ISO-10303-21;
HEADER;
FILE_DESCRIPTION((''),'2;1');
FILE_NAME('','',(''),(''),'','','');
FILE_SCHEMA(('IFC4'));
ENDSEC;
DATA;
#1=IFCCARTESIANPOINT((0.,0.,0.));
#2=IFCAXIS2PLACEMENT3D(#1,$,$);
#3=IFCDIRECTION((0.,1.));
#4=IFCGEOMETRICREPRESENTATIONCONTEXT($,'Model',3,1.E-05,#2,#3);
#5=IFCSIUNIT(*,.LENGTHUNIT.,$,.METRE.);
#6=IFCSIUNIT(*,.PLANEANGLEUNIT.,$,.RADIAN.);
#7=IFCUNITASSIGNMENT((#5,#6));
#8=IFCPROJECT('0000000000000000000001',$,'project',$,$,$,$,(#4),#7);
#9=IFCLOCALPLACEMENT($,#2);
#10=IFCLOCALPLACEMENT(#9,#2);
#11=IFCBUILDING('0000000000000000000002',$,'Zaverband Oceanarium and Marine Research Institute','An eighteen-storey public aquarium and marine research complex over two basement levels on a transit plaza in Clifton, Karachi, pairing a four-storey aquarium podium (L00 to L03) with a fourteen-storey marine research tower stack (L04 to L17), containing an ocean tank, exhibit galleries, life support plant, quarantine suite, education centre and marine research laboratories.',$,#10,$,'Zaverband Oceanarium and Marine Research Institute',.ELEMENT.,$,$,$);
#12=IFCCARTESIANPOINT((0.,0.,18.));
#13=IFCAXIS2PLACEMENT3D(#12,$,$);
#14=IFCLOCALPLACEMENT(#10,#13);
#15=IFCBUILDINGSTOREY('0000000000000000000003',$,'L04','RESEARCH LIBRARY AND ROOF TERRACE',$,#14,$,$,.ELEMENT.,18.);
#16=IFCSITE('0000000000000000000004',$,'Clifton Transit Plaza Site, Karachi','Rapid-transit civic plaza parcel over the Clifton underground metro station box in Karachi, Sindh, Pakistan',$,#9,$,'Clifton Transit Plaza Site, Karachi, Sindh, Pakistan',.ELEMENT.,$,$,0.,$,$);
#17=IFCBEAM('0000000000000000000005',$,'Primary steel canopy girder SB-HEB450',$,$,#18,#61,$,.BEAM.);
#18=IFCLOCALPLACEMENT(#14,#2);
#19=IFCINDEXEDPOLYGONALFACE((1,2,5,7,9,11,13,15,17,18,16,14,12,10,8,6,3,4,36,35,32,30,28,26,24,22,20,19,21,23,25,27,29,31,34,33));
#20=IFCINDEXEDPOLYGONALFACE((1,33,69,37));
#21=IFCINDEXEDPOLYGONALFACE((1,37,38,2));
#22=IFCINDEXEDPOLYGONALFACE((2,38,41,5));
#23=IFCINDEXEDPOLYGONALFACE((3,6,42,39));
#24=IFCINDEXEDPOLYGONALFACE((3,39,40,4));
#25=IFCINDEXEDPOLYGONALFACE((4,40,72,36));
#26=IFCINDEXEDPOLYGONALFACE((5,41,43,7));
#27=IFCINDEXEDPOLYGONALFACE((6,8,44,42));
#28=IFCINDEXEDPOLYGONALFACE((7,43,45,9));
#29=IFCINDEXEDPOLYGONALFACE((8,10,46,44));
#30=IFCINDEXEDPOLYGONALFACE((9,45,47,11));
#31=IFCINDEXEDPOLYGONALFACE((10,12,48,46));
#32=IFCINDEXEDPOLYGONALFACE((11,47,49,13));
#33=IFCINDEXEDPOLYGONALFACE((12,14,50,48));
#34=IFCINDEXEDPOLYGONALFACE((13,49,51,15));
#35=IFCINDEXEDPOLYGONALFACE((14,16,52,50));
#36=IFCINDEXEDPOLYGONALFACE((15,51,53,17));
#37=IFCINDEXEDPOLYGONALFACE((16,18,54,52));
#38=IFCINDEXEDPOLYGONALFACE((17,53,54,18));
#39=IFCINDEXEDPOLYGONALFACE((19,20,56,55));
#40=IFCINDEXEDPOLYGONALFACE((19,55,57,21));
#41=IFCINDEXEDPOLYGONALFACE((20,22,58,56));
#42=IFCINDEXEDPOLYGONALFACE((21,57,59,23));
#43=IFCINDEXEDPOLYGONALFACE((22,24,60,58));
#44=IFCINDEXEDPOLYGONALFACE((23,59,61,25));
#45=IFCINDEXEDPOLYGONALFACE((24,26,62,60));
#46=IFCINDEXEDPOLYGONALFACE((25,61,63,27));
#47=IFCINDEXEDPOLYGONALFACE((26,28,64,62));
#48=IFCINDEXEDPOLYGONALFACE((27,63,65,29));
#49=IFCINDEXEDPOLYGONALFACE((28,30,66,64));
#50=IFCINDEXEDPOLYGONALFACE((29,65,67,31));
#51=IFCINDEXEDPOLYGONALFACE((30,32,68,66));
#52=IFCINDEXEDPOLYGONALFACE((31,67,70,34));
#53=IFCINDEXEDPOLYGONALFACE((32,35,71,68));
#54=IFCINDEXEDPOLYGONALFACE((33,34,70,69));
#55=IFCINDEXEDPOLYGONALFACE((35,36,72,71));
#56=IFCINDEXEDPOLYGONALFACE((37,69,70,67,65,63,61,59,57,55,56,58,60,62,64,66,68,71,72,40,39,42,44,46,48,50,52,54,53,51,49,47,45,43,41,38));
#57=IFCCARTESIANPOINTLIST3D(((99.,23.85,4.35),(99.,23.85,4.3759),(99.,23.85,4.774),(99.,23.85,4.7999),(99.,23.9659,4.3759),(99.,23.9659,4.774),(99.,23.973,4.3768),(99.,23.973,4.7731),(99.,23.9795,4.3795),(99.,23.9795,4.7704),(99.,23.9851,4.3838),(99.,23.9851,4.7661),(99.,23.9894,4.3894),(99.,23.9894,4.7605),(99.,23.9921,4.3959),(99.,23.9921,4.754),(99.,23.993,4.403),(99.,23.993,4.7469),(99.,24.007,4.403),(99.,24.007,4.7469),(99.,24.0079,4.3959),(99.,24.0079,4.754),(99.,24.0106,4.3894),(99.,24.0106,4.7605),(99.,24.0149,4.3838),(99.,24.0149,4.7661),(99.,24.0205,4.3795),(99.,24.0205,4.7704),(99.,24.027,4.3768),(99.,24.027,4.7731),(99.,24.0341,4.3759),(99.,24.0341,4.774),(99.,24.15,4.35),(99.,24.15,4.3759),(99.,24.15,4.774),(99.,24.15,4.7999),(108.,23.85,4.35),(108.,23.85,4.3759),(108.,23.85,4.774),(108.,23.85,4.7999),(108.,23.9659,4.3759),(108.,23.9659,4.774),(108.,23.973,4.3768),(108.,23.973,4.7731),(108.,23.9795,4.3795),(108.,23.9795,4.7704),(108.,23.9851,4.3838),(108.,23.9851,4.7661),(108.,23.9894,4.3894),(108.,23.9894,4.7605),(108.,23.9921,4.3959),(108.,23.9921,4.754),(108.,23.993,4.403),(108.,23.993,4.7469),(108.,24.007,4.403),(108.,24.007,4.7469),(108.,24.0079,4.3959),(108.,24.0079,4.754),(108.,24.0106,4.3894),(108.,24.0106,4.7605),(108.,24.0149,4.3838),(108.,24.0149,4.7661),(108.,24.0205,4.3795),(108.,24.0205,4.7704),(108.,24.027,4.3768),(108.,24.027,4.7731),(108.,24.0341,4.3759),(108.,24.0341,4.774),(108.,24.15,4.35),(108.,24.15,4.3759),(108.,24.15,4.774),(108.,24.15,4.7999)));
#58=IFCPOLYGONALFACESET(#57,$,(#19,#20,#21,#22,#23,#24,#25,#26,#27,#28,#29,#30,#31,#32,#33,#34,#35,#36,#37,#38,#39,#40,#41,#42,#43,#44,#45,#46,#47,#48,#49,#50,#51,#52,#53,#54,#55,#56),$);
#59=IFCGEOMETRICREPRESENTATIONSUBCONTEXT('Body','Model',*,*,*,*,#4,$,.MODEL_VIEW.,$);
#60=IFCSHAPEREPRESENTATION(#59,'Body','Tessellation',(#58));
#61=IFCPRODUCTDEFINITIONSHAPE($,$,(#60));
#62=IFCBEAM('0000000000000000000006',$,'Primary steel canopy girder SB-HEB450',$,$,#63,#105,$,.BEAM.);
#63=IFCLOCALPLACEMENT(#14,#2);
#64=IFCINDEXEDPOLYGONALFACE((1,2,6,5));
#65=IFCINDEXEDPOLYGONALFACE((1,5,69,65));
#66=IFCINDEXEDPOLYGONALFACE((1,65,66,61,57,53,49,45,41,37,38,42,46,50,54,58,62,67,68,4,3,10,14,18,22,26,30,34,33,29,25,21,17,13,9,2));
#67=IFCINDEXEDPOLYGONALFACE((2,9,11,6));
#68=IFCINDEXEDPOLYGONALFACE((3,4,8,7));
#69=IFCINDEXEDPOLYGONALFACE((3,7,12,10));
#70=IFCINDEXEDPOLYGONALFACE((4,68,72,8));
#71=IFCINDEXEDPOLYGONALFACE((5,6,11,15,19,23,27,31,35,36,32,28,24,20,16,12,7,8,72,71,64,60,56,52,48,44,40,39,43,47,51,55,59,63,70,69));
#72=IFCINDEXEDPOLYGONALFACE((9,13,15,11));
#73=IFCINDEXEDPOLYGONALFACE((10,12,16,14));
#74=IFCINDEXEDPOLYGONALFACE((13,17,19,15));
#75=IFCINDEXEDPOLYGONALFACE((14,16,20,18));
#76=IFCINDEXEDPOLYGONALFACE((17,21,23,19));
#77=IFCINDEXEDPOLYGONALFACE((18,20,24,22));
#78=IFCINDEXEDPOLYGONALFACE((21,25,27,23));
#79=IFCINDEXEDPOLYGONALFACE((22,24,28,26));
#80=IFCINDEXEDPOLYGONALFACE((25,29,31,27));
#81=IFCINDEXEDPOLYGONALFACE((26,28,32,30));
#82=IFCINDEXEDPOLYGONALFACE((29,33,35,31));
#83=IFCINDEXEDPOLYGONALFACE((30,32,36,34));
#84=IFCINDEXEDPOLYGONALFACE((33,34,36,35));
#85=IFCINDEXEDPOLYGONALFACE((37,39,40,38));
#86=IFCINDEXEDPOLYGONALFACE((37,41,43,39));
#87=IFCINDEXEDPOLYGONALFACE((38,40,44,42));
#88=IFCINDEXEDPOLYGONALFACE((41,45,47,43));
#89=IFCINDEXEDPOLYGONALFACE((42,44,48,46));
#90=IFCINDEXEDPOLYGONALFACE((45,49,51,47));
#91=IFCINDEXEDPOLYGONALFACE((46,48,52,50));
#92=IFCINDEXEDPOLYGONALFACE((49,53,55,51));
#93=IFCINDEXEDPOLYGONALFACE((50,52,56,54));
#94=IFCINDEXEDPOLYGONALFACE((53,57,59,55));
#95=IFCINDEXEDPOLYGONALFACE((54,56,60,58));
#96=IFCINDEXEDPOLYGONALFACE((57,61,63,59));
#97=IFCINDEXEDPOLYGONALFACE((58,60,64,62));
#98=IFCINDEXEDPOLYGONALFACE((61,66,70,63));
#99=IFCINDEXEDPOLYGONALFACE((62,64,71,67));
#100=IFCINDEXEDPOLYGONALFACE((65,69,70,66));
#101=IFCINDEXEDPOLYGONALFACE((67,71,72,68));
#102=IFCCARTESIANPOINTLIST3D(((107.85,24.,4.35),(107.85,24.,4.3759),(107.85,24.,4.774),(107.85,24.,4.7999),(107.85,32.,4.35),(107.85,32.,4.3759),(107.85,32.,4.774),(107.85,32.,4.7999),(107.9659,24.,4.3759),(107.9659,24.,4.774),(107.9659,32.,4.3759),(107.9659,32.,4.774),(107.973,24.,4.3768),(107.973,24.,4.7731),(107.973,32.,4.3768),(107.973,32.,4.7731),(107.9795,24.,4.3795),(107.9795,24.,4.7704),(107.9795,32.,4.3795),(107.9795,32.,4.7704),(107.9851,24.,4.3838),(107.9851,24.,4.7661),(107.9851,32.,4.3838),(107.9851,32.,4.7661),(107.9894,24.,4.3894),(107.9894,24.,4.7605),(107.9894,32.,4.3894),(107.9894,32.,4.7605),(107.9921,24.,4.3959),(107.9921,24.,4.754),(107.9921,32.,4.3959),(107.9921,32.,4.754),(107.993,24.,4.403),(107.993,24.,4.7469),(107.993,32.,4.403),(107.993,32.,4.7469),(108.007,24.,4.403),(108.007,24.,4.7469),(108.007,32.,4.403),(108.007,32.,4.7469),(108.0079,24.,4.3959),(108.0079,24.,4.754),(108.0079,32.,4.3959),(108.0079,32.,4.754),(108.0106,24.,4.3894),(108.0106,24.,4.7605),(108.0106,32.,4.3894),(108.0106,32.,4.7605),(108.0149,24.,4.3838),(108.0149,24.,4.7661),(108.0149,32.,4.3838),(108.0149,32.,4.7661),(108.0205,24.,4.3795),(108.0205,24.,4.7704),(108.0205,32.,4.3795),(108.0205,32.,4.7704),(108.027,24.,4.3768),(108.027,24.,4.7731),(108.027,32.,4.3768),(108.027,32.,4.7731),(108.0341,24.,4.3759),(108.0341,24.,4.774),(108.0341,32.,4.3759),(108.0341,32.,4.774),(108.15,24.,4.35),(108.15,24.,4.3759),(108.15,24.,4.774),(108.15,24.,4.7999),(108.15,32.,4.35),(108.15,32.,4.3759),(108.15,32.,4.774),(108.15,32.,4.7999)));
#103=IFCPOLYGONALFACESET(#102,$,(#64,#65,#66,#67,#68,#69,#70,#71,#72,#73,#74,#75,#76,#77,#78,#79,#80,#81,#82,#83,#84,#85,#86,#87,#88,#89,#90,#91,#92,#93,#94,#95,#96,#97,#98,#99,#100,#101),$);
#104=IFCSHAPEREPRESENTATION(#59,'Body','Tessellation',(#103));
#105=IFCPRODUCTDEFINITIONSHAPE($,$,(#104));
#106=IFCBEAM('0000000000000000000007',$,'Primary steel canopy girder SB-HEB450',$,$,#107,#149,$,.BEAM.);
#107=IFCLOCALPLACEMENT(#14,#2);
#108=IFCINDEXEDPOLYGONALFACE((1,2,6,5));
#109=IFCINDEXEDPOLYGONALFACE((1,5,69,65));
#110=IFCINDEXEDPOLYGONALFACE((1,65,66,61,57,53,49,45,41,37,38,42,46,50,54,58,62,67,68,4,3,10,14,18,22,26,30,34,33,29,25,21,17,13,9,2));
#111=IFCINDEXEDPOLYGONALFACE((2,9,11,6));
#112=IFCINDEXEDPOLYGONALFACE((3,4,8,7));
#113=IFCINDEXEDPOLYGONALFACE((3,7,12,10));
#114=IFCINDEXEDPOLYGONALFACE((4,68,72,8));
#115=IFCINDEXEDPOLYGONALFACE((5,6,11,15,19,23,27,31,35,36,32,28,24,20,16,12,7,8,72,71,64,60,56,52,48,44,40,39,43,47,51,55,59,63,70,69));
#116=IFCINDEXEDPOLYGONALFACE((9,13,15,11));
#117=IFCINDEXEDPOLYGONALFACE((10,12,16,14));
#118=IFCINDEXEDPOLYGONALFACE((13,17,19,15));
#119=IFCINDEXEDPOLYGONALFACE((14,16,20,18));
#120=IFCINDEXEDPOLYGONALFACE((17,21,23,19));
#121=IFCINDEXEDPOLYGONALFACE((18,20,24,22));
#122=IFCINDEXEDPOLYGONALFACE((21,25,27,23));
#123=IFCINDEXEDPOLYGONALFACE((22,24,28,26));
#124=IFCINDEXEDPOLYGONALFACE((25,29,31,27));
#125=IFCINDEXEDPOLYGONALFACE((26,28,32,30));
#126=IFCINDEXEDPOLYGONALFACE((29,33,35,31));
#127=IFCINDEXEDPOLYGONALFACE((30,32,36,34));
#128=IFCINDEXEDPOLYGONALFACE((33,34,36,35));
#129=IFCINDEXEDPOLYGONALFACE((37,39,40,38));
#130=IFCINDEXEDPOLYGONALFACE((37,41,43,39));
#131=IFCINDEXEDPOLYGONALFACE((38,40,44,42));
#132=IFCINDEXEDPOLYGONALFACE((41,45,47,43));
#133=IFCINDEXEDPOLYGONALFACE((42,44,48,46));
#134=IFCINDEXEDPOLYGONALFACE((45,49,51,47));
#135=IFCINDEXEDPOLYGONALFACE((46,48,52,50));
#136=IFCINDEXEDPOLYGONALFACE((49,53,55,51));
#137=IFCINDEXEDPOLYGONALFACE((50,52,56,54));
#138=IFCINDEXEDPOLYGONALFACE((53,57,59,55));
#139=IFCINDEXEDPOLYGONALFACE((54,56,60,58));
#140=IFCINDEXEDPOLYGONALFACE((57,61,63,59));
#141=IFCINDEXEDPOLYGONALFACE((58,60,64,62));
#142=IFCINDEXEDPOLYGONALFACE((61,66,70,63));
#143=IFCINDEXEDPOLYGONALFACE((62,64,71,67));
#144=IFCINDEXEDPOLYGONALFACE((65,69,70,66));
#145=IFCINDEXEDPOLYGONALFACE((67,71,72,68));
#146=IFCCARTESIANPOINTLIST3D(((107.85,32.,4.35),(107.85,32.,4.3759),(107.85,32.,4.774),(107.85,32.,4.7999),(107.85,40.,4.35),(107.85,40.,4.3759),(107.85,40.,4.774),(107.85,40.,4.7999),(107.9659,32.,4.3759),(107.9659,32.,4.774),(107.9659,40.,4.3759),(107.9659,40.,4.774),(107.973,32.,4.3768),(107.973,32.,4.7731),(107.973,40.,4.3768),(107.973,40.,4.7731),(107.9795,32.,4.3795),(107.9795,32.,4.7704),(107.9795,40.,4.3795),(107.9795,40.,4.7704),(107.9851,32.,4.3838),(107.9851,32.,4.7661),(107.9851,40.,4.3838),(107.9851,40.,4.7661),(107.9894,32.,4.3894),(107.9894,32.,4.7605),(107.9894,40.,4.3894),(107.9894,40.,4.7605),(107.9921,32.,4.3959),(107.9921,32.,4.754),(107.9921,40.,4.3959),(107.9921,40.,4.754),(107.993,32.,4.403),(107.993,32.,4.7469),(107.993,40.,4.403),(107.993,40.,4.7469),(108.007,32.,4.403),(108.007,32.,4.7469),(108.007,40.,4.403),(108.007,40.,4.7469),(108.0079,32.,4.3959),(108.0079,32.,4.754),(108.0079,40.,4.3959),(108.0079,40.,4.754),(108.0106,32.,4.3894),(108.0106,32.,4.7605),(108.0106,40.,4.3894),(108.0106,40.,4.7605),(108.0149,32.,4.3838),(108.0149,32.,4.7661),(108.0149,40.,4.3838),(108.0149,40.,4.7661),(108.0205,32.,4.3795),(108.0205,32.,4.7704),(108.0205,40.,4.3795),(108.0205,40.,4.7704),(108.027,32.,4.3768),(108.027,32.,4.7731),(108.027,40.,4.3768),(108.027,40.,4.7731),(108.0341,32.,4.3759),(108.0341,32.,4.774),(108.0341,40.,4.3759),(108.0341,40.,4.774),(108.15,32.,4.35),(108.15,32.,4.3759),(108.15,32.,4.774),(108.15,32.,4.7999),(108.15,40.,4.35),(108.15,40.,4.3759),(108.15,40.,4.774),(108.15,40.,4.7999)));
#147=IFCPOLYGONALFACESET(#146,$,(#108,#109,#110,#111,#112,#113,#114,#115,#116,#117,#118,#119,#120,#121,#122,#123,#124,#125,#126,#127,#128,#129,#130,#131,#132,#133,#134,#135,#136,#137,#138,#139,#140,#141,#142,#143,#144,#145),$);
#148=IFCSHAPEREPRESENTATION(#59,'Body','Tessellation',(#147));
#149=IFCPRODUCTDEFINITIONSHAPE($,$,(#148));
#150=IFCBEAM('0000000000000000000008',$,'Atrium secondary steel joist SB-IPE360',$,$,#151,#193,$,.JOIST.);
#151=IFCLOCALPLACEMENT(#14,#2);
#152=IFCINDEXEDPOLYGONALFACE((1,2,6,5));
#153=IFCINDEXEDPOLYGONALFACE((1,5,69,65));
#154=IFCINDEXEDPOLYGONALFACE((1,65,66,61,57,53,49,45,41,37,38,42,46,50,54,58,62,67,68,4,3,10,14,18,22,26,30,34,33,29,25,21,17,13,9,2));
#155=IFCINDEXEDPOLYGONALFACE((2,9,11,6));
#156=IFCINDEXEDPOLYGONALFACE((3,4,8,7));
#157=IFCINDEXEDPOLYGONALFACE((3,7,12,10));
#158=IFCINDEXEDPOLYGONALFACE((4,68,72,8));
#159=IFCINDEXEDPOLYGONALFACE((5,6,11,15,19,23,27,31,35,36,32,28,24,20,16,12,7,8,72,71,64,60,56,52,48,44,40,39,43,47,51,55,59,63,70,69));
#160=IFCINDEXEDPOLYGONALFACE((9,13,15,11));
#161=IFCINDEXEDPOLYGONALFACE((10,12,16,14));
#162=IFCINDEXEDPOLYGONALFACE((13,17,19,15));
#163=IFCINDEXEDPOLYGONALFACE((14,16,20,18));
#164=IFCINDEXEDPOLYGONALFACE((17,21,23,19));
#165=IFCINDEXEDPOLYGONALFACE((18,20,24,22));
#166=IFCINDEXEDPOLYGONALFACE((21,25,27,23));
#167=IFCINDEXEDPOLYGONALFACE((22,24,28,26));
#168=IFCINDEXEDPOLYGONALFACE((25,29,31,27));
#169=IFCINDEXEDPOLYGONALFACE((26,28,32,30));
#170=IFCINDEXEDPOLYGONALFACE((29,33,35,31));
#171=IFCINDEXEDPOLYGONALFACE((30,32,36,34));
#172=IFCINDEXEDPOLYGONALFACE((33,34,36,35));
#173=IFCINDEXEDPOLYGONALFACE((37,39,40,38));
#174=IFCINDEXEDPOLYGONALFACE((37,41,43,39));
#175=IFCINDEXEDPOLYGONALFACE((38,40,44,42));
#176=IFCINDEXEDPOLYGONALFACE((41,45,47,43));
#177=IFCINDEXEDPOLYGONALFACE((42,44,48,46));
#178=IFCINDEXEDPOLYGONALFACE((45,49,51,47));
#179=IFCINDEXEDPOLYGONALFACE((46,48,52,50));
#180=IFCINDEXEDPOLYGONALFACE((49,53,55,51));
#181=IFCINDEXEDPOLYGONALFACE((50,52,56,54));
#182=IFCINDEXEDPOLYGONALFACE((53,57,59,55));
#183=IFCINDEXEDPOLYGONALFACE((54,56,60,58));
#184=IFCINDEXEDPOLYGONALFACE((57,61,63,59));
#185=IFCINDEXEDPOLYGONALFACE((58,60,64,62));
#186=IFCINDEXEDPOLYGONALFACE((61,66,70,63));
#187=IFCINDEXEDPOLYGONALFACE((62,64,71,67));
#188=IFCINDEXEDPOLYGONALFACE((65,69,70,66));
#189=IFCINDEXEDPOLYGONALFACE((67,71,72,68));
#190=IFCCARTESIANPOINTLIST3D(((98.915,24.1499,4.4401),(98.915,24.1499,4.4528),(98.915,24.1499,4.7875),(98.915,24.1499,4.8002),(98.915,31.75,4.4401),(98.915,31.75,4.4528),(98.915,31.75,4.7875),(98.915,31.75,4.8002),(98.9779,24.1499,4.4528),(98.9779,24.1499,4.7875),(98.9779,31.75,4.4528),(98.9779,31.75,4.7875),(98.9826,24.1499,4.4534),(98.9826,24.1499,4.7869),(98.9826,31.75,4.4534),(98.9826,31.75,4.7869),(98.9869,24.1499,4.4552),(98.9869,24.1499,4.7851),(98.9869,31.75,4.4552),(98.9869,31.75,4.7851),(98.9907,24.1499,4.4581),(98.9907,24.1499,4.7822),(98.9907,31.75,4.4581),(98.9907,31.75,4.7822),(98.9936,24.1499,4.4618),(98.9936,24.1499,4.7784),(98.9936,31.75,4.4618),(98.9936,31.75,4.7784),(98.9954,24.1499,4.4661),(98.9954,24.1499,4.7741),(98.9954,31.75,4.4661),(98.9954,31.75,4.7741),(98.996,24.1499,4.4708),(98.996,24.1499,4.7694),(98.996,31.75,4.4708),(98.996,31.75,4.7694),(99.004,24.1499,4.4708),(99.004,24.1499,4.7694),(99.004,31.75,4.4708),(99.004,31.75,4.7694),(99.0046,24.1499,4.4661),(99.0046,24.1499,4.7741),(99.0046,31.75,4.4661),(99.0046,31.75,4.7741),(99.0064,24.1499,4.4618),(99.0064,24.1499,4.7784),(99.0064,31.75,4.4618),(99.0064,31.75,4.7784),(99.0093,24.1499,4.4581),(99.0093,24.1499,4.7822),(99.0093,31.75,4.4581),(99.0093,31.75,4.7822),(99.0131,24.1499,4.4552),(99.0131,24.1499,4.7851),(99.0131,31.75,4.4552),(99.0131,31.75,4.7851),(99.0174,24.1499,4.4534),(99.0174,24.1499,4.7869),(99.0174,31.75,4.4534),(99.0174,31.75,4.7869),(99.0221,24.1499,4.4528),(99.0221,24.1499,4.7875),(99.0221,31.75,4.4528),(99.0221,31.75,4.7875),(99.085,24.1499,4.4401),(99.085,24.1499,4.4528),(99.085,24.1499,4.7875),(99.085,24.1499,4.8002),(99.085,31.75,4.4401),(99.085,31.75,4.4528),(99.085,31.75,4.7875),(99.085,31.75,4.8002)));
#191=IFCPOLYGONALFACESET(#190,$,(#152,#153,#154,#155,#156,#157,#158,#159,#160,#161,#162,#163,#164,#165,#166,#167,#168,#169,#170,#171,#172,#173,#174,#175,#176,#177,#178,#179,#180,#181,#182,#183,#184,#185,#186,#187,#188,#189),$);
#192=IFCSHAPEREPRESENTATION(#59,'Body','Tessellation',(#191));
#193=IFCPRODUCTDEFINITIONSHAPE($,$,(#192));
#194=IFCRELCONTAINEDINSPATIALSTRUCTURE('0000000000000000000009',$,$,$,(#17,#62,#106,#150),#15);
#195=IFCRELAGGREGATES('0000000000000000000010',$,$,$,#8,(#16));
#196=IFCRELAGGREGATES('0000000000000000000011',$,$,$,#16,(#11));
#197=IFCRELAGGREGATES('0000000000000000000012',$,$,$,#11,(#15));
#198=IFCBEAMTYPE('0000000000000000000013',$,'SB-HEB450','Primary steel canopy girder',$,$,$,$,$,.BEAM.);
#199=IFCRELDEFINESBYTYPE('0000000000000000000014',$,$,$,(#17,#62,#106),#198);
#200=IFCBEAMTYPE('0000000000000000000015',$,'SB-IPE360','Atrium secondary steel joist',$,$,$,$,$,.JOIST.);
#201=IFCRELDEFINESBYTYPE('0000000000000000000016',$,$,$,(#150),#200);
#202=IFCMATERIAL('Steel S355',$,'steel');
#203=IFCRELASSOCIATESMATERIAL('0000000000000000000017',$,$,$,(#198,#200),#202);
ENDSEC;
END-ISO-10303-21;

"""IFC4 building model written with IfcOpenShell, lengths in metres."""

from ifc_helpers import new_model, si_unit, direction, frame, origin, origin_2d, place, context, subcontext, project, spatial, i_section, extrude, material, material_profile, profile_set, type_object, element, save


model = new_model("IFC4")

# Units and contexts
model_context = context("Model", 3, precision=1e-05, world=origin(), true_north=direction((0.0, 1.0)))
body_context = subcontext(model_context, "Body", "Model", "MODEL_VIEW")
ifc_project = project(units=[si_unit("LENGTHUNIT", "METRE"), si_unit("PLANEANGLEUNIT", "RADIAN")], contexts=[model_context])

# Site, building, storey
site_placement = place(None, origin())
site = spatial("IfcSite", under=ifc_project, at=site_placement, Name="Clifton Transit Plaza Site, Karachi", Description="Rapid-transit civic plaza parcel over the Clifton underground metro station box in Karachi, Sindh, Pakistan", LongName="Clifton Transit Plaza Site, Karachi, Sindh, Pakistan", CompositionType="ELEMENT", RefElevation=0.0)
building_placement = place(site_placement, origin())
building = spatial("IfcBuilding", under=site, at=building_placement, Name="Zaverband Oceanarium and Marine Research Institute", Description="An eighteen-storey public aquarium and marine research complex over two basement levels on a transit plaza in Clifton, Karachi, pairing a four-storey aquarium podium (L00 to L03) with a fourteen-storey marine research tower stack (L04 to L17), containing an ocean tank, exhibit galleries, life support plant, quarantine suite, education centre and marine research laboratories.", LongName="Zaverband Oceanarium and Marine Research Institute", CompositionType="ELEMENT")
storey_placement = place(building_placement, frame((0.0, 0.0, 18.0)))
storey = spatial("IfcBuildingStorey", under=building, at=storey_placement, Name="L04", Description="RESEARCH LIBRARY AND ROOF TERRACE", CompositionType="ELEMENT", Elevation=18.0)

# Shared definitions
ifc_material_1 = material(Name="Steel S355", Category="steel")

# Beams
ifc_material_profile_1 = material_profile(ifc_material_1, i_section(OverallWidth=0.3, OverallDepth=0.45, WebThickness=0.0139, FlangeThickness=0.0259, FilletRadius=0.0271, at=origin_2d()), Name="HEB450")
ifc_profile_set_1 = profile_set([ifc_material_profile_1], Name="Steel S355")
beam_type_1 = type_object("IfcBeamType", Name="SB-HEB450", Description="Primary steel canopy girder", PredefinedType="BEAM", material=ifc_profile_set_1)
beam_1_placement = place(storey_placement, frame((99.0, 24.0, 4.575), z_axis=(1.0, 0.0, 0.0), x_axis=(0.0, 1.0, 0.0)))
element("IfcBeam", 1, at=beam_1_placement, inside=storey, type_object=beam_type_1, Name="Primary steel canopy girder SB-HEB450", PredefinedType="BEAM", context=body_context, shape_type="SweptSolid", body=[
    extrude(i_section(OverallWidth=0.3, OverallDepth=0.45, WebThickness=0.0139, FlangeThickness=0.0259, FilletRadius=0.0271, at=origin_2d()), origin(), (0.0, 0.0, 1.0), 9.0),
])
for number, where, z_axis, x_axis, name in (
    (2, (108.0, 24.0, 4.575), (0.0, 1.0, 0.0), (-1.0, 0.0, 0.0), "Primary steel canopy girder SB-HEB450"),
    (3, (108.0, 32.0, 4.575), (0.0, 1.0, 0.0), (-1.0, 0.0, 0.0), "Primary steel canopy girder SB-HEB450"),
):
    element("IfcBeam", number, at=place(storey_placement, frame(where, z_axis=z_axis, x_axis=x_axis)), inside=storey, type_object=beam_type_1, Name=name, PredefinedType="BEAM", context=body_context, shape_type="SweptSolid", body=[
        extrude(i_section(OverallWidth=0.3, OverallDepth=0.45, WebThickness=0.0139, FlangeThickness=0.0259, FilletRadius=0.0271, at=origin_2d()), origin(), (0.0, 0.0, 1.0), 8.0),
    ])
ifc_material_profile_2 = material_profile(ifc_material_1, i_section(OverallWidth=0.1699, OverallDepth=0.3601, WebThickness=0.0081, FlangeThickness=0.0127, FilletRadius=0.0181, at=origin_2d()), Name="IPE360")
ifc_profile_set_2 = profile_set([ifc_material_profile_2], Name="Steel S355")
beam_type_2 = type_object("IfcBeamType", Name="SB-IPE360", Description="Atrium secondary steel joist", PredefinedType="JOIST", material=ifc_profile_set_2)
beam_2_placement = place(storey_placement, frame((99.0, 24.1499, 4.6201), z_axis=(0.0, 1.0, 0.0), x_axis=(-1.0, 0.0, 0.0)))
element("IfcBeam", 4, at=beam_2_placement, inside=storey, type_object=beam_type_2, Name="Atrium secondary steel joist SB-IPE360", PredefinedType="JOIST", context=body_context, shape_type="SweptSolid", body=[
    extrude(i_section(OverallWidth=0.1699, OverallDepth=0.3601, WebThickness=0.0081, FlangeThickness=0.0127, FilletRadius=0.0181, at=origin_2d()), origin(), (0.0, 0.0, 1.0), 7.6001),
])

save(model, "model.ifc")
